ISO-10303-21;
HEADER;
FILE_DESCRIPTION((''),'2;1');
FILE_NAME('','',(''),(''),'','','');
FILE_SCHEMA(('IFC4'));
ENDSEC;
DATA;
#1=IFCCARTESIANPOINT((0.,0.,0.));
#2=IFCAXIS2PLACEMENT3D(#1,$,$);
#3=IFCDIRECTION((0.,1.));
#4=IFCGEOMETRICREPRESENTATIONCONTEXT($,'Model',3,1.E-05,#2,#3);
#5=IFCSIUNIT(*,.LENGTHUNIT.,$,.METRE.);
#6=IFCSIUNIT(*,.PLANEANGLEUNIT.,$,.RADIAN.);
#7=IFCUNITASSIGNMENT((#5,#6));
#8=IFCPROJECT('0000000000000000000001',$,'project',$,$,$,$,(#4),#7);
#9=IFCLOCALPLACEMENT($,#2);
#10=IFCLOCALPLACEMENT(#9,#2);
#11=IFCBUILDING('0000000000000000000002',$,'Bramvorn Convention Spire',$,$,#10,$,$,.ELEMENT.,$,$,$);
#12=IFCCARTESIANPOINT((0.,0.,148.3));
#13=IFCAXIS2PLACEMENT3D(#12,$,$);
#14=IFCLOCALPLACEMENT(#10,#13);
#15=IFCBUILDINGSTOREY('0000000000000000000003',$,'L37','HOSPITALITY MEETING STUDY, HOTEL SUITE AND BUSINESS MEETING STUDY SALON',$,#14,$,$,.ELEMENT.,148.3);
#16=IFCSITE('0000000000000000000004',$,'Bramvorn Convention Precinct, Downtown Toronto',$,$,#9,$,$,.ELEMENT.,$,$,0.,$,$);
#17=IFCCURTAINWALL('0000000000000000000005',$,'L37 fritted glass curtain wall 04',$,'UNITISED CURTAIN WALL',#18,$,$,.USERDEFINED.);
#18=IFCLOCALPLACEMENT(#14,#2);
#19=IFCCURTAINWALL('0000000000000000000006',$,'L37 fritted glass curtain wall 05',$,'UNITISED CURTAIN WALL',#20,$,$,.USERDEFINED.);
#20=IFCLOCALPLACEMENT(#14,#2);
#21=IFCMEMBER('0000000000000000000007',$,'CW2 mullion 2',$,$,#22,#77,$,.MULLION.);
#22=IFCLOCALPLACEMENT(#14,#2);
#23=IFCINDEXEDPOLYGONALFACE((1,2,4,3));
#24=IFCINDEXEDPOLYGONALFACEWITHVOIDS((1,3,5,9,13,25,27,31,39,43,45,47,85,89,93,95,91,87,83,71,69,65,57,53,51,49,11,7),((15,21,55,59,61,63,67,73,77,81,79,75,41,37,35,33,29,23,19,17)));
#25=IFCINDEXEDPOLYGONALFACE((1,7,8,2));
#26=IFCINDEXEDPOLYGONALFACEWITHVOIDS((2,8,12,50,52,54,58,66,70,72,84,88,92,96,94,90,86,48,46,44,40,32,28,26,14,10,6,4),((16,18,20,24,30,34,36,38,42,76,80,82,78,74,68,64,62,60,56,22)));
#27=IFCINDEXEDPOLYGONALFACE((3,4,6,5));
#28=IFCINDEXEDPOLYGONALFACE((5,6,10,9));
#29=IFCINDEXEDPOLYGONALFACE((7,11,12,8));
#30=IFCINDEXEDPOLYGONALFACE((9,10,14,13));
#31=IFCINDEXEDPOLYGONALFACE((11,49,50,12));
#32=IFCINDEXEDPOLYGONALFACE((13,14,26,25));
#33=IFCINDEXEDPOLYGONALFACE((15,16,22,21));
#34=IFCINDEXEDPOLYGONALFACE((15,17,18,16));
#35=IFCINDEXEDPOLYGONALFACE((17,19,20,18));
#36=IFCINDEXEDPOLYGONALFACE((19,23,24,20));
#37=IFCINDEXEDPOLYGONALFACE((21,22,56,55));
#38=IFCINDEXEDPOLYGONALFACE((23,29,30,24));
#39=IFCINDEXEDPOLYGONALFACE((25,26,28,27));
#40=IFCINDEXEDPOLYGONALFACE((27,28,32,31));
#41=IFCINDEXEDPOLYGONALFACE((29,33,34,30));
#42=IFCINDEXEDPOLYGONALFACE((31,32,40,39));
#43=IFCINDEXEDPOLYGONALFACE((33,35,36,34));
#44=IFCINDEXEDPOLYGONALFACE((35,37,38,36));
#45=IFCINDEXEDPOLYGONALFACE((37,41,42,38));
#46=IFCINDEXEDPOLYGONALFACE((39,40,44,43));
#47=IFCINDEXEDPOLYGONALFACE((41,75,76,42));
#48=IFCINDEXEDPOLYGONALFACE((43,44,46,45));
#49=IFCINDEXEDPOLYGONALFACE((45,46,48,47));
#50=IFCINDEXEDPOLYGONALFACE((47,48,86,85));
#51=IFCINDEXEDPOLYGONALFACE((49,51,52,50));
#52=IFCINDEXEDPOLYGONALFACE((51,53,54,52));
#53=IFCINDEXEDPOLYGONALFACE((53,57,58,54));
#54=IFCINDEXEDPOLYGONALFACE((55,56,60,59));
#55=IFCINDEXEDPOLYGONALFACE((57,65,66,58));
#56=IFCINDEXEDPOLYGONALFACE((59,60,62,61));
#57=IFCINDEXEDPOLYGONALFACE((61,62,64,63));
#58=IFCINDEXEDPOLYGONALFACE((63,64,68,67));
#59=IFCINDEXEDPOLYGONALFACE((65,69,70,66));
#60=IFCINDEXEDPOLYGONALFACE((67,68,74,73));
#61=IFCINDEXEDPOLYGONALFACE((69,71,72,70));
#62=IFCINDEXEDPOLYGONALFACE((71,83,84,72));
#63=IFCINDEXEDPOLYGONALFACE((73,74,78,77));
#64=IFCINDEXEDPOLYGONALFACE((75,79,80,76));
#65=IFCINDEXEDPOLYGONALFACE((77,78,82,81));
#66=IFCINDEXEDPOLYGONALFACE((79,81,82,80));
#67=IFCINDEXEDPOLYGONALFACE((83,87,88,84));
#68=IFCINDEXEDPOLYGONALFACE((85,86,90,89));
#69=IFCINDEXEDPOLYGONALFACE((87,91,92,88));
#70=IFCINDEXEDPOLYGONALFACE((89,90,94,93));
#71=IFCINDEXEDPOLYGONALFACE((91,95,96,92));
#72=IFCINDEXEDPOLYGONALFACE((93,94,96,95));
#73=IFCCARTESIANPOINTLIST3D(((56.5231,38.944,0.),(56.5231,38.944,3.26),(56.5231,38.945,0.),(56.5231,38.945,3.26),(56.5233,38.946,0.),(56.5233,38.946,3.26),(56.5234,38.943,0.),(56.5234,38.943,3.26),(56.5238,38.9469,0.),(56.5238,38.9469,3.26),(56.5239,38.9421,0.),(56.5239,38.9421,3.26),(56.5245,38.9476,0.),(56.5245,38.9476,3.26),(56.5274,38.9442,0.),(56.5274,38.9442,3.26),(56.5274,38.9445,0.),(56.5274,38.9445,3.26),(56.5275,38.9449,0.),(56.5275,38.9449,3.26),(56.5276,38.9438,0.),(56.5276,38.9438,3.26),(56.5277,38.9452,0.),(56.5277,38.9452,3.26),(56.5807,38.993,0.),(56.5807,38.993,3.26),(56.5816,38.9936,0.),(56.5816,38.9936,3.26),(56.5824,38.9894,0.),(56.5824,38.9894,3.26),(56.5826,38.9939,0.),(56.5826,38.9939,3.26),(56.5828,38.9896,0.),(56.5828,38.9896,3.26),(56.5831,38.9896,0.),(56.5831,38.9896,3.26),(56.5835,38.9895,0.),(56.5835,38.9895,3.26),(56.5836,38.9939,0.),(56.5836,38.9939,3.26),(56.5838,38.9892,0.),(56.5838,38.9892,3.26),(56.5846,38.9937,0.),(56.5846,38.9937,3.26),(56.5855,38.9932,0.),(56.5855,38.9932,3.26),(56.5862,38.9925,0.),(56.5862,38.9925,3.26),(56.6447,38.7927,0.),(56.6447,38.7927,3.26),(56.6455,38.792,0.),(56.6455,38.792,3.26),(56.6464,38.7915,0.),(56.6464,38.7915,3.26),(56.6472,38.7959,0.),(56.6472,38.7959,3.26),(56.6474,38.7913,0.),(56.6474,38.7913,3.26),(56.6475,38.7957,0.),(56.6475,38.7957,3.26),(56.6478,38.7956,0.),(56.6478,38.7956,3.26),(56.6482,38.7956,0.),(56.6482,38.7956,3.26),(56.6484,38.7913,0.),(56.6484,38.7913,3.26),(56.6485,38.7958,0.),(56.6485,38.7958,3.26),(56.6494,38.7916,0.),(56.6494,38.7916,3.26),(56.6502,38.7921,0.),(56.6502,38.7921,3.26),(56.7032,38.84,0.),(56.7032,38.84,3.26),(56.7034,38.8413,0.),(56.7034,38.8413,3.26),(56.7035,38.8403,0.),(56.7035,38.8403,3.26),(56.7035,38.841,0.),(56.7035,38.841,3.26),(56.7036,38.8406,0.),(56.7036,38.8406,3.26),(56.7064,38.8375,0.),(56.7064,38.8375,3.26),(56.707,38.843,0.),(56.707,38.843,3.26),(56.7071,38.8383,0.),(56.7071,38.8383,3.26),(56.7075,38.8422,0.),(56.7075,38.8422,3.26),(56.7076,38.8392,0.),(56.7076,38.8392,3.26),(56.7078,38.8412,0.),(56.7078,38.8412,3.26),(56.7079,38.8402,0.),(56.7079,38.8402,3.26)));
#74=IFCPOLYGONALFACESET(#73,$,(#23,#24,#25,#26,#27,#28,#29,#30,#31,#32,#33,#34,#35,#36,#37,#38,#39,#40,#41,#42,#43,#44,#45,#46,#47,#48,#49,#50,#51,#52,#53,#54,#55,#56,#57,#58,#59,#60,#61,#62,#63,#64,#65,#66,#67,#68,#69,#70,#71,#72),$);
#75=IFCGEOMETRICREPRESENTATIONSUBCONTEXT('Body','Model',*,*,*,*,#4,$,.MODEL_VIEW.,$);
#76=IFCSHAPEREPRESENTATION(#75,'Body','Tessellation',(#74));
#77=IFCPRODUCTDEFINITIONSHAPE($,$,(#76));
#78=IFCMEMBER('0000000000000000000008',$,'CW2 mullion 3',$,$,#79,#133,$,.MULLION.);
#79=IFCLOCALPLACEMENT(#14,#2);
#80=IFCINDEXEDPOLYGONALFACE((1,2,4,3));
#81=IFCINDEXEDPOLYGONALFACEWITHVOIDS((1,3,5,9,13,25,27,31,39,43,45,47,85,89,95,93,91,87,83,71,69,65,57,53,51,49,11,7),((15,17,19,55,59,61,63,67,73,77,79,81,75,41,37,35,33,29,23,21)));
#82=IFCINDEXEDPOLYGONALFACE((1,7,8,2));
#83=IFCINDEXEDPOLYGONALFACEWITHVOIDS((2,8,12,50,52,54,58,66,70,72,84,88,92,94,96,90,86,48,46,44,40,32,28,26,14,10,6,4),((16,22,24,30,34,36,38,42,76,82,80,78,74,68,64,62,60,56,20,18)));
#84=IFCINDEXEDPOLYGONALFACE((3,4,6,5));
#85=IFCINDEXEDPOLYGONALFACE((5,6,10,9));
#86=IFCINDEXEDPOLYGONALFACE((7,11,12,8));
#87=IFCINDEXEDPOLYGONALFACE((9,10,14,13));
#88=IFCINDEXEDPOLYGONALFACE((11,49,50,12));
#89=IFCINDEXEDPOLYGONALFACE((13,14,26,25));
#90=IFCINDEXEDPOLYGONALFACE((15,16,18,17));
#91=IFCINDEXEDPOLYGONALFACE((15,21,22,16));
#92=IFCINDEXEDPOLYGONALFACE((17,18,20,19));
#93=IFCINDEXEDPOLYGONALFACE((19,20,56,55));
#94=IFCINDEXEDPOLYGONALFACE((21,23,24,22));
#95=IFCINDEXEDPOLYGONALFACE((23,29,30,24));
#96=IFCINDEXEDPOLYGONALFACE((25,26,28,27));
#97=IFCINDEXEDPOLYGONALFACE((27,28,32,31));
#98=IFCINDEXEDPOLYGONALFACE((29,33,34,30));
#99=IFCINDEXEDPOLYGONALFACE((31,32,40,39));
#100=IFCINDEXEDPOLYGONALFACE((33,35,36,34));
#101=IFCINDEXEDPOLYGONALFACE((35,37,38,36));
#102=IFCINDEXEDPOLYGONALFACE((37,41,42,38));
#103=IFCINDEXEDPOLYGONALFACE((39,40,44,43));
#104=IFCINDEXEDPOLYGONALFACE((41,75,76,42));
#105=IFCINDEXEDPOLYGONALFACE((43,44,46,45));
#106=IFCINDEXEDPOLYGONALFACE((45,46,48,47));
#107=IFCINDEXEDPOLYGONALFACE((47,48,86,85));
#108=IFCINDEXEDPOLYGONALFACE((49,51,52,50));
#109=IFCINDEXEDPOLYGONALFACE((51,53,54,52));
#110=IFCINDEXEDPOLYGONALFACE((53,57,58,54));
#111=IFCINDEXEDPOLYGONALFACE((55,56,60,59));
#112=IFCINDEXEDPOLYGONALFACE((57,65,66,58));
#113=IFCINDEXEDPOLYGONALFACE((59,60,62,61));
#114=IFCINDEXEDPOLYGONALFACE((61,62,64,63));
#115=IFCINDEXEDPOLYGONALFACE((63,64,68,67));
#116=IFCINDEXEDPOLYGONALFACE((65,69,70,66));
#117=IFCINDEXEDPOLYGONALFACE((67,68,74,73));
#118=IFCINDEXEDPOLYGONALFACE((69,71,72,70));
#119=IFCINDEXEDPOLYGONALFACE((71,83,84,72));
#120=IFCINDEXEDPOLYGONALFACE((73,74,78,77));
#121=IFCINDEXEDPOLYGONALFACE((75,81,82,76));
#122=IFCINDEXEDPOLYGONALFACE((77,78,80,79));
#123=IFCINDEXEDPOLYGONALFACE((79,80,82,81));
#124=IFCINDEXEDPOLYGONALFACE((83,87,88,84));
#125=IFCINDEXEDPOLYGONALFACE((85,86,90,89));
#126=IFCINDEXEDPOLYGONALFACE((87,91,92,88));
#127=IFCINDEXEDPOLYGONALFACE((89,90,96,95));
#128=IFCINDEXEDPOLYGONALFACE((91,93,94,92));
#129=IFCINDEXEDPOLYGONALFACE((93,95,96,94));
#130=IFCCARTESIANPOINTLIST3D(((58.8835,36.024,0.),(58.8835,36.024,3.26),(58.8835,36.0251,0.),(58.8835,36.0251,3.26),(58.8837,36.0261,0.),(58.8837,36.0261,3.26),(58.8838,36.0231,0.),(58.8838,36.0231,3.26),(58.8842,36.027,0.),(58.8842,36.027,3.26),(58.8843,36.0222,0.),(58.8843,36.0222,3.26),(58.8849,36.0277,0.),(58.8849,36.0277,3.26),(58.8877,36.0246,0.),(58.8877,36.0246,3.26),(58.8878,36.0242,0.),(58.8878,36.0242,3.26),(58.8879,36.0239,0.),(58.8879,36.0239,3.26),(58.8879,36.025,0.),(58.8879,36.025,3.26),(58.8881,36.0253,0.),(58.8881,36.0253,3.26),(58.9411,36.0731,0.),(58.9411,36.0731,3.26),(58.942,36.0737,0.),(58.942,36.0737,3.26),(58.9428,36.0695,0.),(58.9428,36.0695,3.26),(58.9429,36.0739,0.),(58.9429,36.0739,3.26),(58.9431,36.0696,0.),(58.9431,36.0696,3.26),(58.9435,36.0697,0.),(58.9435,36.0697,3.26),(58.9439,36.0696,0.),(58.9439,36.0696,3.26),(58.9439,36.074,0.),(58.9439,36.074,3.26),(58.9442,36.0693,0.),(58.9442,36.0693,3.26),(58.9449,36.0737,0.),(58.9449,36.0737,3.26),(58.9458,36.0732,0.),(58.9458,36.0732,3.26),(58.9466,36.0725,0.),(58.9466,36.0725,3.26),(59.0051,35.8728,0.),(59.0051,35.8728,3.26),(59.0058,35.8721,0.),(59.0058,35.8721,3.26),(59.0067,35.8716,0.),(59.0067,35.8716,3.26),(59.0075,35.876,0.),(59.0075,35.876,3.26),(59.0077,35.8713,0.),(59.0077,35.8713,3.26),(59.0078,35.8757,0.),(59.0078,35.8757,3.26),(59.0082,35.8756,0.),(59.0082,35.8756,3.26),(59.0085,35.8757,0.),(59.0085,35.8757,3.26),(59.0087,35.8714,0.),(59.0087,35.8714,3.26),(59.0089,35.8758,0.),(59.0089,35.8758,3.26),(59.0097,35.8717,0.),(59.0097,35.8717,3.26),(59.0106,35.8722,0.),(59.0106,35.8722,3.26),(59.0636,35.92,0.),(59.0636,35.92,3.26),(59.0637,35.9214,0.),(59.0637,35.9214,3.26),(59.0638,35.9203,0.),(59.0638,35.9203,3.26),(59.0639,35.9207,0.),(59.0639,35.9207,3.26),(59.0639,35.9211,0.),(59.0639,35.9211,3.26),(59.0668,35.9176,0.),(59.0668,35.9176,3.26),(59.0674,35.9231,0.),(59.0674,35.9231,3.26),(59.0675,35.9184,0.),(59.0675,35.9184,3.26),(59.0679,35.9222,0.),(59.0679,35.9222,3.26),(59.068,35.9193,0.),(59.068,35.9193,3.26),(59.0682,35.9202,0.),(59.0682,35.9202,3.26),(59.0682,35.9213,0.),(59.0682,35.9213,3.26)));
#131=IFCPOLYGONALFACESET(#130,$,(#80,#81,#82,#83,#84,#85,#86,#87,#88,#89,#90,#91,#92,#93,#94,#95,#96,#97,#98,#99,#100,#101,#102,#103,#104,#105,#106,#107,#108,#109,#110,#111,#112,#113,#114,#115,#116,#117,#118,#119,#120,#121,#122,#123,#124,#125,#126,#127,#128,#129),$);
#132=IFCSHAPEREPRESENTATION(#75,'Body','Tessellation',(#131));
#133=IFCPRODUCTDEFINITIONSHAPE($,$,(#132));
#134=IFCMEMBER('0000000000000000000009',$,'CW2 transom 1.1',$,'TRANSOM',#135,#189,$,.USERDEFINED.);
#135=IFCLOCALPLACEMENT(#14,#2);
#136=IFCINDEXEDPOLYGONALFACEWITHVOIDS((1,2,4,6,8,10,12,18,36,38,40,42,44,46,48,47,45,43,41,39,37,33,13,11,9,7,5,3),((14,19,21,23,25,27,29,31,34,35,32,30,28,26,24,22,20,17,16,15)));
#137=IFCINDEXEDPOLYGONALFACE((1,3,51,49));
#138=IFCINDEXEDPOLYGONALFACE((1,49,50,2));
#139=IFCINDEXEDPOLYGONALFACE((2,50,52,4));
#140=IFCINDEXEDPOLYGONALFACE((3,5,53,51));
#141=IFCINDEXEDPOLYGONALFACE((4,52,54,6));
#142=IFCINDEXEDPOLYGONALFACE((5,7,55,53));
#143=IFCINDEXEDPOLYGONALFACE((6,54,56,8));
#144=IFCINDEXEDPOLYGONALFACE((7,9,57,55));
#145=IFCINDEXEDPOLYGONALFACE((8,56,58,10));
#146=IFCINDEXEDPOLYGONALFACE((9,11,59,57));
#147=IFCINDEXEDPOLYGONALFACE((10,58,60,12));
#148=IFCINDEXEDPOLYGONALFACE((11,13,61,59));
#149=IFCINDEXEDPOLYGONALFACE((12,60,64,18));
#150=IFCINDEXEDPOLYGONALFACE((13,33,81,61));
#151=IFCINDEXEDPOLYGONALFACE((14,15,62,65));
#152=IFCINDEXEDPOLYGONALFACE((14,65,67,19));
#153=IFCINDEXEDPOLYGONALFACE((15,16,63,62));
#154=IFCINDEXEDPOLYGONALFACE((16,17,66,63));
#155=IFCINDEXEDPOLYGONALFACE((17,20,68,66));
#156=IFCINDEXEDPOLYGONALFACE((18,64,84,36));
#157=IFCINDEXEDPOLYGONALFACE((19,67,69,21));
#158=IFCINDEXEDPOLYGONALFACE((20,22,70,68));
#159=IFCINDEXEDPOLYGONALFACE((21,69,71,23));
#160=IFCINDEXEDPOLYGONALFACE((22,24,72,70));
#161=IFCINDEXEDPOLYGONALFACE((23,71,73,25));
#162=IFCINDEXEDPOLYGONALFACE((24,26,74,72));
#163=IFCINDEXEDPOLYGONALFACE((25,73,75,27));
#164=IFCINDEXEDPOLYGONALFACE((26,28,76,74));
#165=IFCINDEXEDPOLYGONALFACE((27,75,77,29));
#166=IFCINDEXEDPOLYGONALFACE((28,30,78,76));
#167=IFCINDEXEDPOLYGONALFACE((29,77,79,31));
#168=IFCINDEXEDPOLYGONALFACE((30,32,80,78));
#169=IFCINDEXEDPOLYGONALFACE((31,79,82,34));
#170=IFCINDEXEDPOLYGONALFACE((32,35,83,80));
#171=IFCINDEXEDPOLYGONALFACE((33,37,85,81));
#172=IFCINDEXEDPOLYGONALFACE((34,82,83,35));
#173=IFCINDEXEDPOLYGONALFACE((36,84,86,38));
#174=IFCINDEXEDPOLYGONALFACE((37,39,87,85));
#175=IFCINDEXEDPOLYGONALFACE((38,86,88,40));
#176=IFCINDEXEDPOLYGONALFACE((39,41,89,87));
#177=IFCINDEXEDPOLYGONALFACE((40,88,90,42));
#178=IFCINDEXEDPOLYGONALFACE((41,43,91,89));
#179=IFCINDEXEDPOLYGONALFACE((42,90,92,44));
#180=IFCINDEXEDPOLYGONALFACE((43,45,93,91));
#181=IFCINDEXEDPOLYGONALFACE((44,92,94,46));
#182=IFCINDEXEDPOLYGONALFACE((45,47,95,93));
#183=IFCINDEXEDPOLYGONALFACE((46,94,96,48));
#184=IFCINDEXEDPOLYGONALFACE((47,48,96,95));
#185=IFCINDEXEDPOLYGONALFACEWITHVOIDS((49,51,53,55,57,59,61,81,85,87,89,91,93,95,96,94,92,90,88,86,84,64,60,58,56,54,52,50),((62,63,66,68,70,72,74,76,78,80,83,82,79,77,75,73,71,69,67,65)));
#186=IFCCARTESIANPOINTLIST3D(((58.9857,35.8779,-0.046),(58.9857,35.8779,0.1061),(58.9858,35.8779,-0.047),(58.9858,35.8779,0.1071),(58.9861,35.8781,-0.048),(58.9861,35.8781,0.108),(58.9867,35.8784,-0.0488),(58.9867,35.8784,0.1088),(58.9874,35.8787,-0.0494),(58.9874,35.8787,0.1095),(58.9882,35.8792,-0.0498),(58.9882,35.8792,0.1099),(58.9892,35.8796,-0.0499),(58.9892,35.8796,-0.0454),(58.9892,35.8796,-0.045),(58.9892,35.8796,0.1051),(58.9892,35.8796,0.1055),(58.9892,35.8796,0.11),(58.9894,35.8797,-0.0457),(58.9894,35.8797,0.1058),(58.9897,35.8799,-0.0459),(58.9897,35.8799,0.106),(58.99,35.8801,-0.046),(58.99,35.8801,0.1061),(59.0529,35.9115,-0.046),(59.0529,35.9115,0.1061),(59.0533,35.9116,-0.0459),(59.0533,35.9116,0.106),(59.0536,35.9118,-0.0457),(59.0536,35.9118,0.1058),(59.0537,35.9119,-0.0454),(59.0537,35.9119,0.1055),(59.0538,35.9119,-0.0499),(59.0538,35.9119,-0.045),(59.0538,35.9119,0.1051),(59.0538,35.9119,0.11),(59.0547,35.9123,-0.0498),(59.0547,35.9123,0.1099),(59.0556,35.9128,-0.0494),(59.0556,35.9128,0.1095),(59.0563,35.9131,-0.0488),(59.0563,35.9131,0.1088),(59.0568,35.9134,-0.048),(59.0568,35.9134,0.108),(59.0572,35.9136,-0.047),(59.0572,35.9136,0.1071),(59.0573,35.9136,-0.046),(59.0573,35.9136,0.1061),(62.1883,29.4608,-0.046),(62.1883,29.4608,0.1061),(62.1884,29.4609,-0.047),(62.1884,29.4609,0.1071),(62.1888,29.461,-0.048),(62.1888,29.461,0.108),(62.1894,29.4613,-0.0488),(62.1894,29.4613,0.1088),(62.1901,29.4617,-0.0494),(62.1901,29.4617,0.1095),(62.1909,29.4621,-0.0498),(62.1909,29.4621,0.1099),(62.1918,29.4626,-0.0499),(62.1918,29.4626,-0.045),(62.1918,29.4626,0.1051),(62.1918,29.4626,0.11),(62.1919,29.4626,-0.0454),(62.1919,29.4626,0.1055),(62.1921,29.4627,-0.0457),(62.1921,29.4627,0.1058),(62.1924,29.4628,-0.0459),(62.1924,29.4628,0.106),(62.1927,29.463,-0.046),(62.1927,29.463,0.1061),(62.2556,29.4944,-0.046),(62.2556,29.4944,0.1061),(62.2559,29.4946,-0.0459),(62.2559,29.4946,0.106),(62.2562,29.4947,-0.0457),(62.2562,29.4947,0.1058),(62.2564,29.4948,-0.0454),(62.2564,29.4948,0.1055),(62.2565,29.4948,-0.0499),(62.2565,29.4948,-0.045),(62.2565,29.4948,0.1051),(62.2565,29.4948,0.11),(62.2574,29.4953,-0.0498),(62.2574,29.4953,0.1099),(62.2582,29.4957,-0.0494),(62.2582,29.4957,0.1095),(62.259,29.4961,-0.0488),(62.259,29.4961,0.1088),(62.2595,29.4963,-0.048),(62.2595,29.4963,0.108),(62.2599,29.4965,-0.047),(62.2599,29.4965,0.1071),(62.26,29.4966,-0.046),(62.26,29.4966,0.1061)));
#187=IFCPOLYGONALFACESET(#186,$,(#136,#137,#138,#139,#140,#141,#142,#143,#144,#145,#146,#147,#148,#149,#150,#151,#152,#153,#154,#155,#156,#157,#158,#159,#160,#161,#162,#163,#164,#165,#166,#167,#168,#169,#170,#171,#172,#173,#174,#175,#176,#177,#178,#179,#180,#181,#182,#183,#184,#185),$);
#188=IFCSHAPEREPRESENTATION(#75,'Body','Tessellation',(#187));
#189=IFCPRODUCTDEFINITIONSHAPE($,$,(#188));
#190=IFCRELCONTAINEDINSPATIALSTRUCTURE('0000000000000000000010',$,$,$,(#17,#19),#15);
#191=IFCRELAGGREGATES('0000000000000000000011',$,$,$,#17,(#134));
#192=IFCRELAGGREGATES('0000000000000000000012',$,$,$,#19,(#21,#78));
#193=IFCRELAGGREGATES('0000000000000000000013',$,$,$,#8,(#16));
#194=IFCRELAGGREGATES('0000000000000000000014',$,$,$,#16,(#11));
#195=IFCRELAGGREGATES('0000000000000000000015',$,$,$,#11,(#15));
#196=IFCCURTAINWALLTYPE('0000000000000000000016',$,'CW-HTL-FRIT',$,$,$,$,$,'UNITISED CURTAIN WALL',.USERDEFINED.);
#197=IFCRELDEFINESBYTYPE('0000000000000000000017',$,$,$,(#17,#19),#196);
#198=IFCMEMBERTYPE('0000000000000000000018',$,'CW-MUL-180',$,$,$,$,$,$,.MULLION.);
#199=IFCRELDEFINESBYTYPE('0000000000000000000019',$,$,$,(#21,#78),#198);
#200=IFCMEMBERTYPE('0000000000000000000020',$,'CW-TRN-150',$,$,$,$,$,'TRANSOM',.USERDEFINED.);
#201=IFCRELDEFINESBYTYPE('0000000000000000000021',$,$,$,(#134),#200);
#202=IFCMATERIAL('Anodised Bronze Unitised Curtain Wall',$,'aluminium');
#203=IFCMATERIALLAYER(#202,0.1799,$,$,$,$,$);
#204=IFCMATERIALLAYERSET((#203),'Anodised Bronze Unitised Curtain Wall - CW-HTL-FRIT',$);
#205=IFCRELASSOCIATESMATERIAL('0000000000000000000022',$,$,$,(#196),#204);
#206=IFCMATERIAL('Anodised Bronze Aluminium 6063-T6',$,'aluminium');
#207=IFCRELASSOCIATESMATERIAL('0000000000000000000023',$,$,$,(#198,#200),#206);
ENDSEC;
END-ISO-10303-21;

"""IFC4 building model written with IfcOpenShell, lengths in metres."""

from ifc_helpers import new_model, si_unit, direction, frame, origin, origin_2d, place, context, subcontext, project, spatial, hollow_rectangle, extrude, material, layer, layer_set, material_profile, profile_set, type_object, element, aggregate, save


model = new_model("IFC4")

# Units and contexts
model_context = context("Model", 3, precision=1e-05, world=origin(), true_north=direction((0.0, 1.0)))
body_context = subcontext(model_context, "Body", "Model", "MODEL_VIEW")
ifc_project = project(units=[si_unit("LENGTHUNIT", "METRE"), si_unit("PLANEANGLEUNIT", "RADIAN")], contexts=[model_context])

# Site, building, storey
site_placement = place(None, origin())
site = spatial("IfcSite", under=ifc_project, at=site_placement, Name="Bramvorn Convention Precinct, Downtown Toronto", CompositionType="ELEMENT", RefElevation=0.0)
building_placement = place(site_placement, origin())
building = spatial("IfcBuilding", under=site, at=building_placement, Name="Bramvorn Convention Spire", CompositionType="ELEMENT")
storey_placement = place(building_placement, frame((0.0, 0.0, 148.3)))
storey = spatial("IfcBuildingStorey", under=building, at=storey_placement, Name="L37", Description="HOSPITALITY MEETING STUDY, HOTEL SUITE AND BUSINESS MEETING STUDY SALON", CompositionType="ELEMENT", Elevation=148.3)

# Curtain wall
ifc_material_1 = material(Name="Anodised Bronze Unitised Curtain Wall", Category="aluminium")
ifc_layer_1 = layer(ifc_material_1, 0.1799)
ifc_layer_set_1 = layer_set([ifc_layer_1], Name="Anodised Bronze Unitised Curtain Wall - CW-HTL-FRIT")
curtain_wall_type = type_object("IfcCurtainWallType", Name="CW-HTL-FRIT", ElementType="UNITISED CURTAIN WALL", PredefinedType="USERDEFINED", material=ifc_layer_set_1)
curtain_wall_1_placement = place(storey_placement, origin())
curtain_wall_1 = element("IfcCurtainWall", 1, at=curtain_wall_1_placement, inside=storey, type_object=curtain_wall_type, Name="L37 fritted glass curtain wall 04", ObjectType="UNITISED CURTAIN WALL", PredefinedType="USERDEFINED")
ifc_material_2 = material(Name="Anodised Bronze Aluminium 6063-T6", Category="aluminium")
ifc_material_profile_1 = material_profile(ifc_material_2, hollow_rectangle(XDim=0.0801, YDim=0.2, WallThickness=0.0039, InnerFilletRadius=0.001, OuterFilletRadius=0.0039, at=origin_2d()))
ifc_profile_set_1 = profile_set([ifc_material_profile_1], Name="Anodised Bronze Aluminium 6063-T6 - CWM80X200")
member_type_1 = type_object("IfcMemberType", Name="CW-MUL-180", PredefinedType="MULLION", material=ifc_profile_set_1)

# Curtain wall, members
curtain_wall_2_placement = place(storey_placement, origin())
curtain_wall_2 = element("IfcCurtainWall", 2, at=curtain_wall_2_placement, inside=storey, type_object=curtain_wall_type, Name="L37 fritted glass curtain wall 05", ObjectType="UNITISED CURTAIN WALL", PredefinedType="USERDEFINED")
member_1_placement = place(storey_placement, frame((56.6155, 38.8926, 0.0), z_axis=(0.0, 0.0, 1.0), x_axis=(0.777688, 0.62865, 0.0)))
member_1 = element("IfcMember", 3, at=member_1_placement, type_object=member_type_1, Name="CW2 mullion 2", PredefinedType="MULLION", context=body_context, shape_type="SweptSolid", body=[
    extrude(hollow_rectangle(XDim=0.0801, YDim=0.2, WallThickness=0.0039, InnerFilletRadius=0.001, OuterFilletRadius=0.0039, at=origin_2d()), origin(), (0.0, 0.0, 1.0), 3.26),
])
member_2_placement = place(storey_placement, frame((58.9758, 35.9727, 0.0), z_axis=(0.0, 0.0, 1.0), x_axis=(0.777688, 0.62865, 0.0)))
member_2 = element("IfcMember", 4, at=member_2_placement, type_object=member_type_1, Name="CW2 mullion 3", PredefinedType="MULLION", context=body_context, shape_type="SweptSolid", body=[
    extrude(hollow_rectangle(XDim=0.0801, YDim=0.2, WallThickness=0.0039, InnerFilletRadius=0.001, OuterFilletRadius=0.0039, at=origin_2d()), origin(), (0.0, 0.0, 1.0), 3.26),
])

# Member
ifc_material_profile_2 = material_profile(ifc_material_2, hollow_rectangle(XDim=0.0801, YDim=0.1599, WallThickness=0.0039, InnerFilletRadius=0.001, OuterFilletRadius=0.0039, at=origin_2d()))
ifc_profile_set_2 = profile_set([ifc_material_profile_2], Name="Anodised Bronze Aluminium 6063-T6 - CWT80X160")
member_type_2 = type_object("IfcMemberType", Name="CW-TRN-150", ElementType="TRANSOM", PredefinedType="USERDEFINED", material=ifc_profile_set_2)
member_3_placement = place(storey_placement, frame((59.0215, 35.8958, 0.03), z_axis=(0.44656, -0.894754, 0.0), x_axis=(0.894754, 0.44656, 0.0)))
member_3 = element("IfcMember", 5, at=member_3_placement, type_object=member_type_2, Name="CW2 transom 1.1", ObjectType="TRANSOM", PredefinedType="USERDEFINED", context=body_context, shape_type="SweptSolid", body=[
    extrude(hollow_rectangle(XDim=0.0801, YDim=0.1599, WallThickness=0.0039, InnerFilletRadius=0.001, OuterFilletRadius=0.0039, at=origin_2d()), origin(), (0.0, 0.0, 1.0), 7.1719),
])
aggregate(curtain_wall_1, [member_3])

aggregate(curtain_wall_2, [member_1, member_2])

save(model, "model.ifc")
